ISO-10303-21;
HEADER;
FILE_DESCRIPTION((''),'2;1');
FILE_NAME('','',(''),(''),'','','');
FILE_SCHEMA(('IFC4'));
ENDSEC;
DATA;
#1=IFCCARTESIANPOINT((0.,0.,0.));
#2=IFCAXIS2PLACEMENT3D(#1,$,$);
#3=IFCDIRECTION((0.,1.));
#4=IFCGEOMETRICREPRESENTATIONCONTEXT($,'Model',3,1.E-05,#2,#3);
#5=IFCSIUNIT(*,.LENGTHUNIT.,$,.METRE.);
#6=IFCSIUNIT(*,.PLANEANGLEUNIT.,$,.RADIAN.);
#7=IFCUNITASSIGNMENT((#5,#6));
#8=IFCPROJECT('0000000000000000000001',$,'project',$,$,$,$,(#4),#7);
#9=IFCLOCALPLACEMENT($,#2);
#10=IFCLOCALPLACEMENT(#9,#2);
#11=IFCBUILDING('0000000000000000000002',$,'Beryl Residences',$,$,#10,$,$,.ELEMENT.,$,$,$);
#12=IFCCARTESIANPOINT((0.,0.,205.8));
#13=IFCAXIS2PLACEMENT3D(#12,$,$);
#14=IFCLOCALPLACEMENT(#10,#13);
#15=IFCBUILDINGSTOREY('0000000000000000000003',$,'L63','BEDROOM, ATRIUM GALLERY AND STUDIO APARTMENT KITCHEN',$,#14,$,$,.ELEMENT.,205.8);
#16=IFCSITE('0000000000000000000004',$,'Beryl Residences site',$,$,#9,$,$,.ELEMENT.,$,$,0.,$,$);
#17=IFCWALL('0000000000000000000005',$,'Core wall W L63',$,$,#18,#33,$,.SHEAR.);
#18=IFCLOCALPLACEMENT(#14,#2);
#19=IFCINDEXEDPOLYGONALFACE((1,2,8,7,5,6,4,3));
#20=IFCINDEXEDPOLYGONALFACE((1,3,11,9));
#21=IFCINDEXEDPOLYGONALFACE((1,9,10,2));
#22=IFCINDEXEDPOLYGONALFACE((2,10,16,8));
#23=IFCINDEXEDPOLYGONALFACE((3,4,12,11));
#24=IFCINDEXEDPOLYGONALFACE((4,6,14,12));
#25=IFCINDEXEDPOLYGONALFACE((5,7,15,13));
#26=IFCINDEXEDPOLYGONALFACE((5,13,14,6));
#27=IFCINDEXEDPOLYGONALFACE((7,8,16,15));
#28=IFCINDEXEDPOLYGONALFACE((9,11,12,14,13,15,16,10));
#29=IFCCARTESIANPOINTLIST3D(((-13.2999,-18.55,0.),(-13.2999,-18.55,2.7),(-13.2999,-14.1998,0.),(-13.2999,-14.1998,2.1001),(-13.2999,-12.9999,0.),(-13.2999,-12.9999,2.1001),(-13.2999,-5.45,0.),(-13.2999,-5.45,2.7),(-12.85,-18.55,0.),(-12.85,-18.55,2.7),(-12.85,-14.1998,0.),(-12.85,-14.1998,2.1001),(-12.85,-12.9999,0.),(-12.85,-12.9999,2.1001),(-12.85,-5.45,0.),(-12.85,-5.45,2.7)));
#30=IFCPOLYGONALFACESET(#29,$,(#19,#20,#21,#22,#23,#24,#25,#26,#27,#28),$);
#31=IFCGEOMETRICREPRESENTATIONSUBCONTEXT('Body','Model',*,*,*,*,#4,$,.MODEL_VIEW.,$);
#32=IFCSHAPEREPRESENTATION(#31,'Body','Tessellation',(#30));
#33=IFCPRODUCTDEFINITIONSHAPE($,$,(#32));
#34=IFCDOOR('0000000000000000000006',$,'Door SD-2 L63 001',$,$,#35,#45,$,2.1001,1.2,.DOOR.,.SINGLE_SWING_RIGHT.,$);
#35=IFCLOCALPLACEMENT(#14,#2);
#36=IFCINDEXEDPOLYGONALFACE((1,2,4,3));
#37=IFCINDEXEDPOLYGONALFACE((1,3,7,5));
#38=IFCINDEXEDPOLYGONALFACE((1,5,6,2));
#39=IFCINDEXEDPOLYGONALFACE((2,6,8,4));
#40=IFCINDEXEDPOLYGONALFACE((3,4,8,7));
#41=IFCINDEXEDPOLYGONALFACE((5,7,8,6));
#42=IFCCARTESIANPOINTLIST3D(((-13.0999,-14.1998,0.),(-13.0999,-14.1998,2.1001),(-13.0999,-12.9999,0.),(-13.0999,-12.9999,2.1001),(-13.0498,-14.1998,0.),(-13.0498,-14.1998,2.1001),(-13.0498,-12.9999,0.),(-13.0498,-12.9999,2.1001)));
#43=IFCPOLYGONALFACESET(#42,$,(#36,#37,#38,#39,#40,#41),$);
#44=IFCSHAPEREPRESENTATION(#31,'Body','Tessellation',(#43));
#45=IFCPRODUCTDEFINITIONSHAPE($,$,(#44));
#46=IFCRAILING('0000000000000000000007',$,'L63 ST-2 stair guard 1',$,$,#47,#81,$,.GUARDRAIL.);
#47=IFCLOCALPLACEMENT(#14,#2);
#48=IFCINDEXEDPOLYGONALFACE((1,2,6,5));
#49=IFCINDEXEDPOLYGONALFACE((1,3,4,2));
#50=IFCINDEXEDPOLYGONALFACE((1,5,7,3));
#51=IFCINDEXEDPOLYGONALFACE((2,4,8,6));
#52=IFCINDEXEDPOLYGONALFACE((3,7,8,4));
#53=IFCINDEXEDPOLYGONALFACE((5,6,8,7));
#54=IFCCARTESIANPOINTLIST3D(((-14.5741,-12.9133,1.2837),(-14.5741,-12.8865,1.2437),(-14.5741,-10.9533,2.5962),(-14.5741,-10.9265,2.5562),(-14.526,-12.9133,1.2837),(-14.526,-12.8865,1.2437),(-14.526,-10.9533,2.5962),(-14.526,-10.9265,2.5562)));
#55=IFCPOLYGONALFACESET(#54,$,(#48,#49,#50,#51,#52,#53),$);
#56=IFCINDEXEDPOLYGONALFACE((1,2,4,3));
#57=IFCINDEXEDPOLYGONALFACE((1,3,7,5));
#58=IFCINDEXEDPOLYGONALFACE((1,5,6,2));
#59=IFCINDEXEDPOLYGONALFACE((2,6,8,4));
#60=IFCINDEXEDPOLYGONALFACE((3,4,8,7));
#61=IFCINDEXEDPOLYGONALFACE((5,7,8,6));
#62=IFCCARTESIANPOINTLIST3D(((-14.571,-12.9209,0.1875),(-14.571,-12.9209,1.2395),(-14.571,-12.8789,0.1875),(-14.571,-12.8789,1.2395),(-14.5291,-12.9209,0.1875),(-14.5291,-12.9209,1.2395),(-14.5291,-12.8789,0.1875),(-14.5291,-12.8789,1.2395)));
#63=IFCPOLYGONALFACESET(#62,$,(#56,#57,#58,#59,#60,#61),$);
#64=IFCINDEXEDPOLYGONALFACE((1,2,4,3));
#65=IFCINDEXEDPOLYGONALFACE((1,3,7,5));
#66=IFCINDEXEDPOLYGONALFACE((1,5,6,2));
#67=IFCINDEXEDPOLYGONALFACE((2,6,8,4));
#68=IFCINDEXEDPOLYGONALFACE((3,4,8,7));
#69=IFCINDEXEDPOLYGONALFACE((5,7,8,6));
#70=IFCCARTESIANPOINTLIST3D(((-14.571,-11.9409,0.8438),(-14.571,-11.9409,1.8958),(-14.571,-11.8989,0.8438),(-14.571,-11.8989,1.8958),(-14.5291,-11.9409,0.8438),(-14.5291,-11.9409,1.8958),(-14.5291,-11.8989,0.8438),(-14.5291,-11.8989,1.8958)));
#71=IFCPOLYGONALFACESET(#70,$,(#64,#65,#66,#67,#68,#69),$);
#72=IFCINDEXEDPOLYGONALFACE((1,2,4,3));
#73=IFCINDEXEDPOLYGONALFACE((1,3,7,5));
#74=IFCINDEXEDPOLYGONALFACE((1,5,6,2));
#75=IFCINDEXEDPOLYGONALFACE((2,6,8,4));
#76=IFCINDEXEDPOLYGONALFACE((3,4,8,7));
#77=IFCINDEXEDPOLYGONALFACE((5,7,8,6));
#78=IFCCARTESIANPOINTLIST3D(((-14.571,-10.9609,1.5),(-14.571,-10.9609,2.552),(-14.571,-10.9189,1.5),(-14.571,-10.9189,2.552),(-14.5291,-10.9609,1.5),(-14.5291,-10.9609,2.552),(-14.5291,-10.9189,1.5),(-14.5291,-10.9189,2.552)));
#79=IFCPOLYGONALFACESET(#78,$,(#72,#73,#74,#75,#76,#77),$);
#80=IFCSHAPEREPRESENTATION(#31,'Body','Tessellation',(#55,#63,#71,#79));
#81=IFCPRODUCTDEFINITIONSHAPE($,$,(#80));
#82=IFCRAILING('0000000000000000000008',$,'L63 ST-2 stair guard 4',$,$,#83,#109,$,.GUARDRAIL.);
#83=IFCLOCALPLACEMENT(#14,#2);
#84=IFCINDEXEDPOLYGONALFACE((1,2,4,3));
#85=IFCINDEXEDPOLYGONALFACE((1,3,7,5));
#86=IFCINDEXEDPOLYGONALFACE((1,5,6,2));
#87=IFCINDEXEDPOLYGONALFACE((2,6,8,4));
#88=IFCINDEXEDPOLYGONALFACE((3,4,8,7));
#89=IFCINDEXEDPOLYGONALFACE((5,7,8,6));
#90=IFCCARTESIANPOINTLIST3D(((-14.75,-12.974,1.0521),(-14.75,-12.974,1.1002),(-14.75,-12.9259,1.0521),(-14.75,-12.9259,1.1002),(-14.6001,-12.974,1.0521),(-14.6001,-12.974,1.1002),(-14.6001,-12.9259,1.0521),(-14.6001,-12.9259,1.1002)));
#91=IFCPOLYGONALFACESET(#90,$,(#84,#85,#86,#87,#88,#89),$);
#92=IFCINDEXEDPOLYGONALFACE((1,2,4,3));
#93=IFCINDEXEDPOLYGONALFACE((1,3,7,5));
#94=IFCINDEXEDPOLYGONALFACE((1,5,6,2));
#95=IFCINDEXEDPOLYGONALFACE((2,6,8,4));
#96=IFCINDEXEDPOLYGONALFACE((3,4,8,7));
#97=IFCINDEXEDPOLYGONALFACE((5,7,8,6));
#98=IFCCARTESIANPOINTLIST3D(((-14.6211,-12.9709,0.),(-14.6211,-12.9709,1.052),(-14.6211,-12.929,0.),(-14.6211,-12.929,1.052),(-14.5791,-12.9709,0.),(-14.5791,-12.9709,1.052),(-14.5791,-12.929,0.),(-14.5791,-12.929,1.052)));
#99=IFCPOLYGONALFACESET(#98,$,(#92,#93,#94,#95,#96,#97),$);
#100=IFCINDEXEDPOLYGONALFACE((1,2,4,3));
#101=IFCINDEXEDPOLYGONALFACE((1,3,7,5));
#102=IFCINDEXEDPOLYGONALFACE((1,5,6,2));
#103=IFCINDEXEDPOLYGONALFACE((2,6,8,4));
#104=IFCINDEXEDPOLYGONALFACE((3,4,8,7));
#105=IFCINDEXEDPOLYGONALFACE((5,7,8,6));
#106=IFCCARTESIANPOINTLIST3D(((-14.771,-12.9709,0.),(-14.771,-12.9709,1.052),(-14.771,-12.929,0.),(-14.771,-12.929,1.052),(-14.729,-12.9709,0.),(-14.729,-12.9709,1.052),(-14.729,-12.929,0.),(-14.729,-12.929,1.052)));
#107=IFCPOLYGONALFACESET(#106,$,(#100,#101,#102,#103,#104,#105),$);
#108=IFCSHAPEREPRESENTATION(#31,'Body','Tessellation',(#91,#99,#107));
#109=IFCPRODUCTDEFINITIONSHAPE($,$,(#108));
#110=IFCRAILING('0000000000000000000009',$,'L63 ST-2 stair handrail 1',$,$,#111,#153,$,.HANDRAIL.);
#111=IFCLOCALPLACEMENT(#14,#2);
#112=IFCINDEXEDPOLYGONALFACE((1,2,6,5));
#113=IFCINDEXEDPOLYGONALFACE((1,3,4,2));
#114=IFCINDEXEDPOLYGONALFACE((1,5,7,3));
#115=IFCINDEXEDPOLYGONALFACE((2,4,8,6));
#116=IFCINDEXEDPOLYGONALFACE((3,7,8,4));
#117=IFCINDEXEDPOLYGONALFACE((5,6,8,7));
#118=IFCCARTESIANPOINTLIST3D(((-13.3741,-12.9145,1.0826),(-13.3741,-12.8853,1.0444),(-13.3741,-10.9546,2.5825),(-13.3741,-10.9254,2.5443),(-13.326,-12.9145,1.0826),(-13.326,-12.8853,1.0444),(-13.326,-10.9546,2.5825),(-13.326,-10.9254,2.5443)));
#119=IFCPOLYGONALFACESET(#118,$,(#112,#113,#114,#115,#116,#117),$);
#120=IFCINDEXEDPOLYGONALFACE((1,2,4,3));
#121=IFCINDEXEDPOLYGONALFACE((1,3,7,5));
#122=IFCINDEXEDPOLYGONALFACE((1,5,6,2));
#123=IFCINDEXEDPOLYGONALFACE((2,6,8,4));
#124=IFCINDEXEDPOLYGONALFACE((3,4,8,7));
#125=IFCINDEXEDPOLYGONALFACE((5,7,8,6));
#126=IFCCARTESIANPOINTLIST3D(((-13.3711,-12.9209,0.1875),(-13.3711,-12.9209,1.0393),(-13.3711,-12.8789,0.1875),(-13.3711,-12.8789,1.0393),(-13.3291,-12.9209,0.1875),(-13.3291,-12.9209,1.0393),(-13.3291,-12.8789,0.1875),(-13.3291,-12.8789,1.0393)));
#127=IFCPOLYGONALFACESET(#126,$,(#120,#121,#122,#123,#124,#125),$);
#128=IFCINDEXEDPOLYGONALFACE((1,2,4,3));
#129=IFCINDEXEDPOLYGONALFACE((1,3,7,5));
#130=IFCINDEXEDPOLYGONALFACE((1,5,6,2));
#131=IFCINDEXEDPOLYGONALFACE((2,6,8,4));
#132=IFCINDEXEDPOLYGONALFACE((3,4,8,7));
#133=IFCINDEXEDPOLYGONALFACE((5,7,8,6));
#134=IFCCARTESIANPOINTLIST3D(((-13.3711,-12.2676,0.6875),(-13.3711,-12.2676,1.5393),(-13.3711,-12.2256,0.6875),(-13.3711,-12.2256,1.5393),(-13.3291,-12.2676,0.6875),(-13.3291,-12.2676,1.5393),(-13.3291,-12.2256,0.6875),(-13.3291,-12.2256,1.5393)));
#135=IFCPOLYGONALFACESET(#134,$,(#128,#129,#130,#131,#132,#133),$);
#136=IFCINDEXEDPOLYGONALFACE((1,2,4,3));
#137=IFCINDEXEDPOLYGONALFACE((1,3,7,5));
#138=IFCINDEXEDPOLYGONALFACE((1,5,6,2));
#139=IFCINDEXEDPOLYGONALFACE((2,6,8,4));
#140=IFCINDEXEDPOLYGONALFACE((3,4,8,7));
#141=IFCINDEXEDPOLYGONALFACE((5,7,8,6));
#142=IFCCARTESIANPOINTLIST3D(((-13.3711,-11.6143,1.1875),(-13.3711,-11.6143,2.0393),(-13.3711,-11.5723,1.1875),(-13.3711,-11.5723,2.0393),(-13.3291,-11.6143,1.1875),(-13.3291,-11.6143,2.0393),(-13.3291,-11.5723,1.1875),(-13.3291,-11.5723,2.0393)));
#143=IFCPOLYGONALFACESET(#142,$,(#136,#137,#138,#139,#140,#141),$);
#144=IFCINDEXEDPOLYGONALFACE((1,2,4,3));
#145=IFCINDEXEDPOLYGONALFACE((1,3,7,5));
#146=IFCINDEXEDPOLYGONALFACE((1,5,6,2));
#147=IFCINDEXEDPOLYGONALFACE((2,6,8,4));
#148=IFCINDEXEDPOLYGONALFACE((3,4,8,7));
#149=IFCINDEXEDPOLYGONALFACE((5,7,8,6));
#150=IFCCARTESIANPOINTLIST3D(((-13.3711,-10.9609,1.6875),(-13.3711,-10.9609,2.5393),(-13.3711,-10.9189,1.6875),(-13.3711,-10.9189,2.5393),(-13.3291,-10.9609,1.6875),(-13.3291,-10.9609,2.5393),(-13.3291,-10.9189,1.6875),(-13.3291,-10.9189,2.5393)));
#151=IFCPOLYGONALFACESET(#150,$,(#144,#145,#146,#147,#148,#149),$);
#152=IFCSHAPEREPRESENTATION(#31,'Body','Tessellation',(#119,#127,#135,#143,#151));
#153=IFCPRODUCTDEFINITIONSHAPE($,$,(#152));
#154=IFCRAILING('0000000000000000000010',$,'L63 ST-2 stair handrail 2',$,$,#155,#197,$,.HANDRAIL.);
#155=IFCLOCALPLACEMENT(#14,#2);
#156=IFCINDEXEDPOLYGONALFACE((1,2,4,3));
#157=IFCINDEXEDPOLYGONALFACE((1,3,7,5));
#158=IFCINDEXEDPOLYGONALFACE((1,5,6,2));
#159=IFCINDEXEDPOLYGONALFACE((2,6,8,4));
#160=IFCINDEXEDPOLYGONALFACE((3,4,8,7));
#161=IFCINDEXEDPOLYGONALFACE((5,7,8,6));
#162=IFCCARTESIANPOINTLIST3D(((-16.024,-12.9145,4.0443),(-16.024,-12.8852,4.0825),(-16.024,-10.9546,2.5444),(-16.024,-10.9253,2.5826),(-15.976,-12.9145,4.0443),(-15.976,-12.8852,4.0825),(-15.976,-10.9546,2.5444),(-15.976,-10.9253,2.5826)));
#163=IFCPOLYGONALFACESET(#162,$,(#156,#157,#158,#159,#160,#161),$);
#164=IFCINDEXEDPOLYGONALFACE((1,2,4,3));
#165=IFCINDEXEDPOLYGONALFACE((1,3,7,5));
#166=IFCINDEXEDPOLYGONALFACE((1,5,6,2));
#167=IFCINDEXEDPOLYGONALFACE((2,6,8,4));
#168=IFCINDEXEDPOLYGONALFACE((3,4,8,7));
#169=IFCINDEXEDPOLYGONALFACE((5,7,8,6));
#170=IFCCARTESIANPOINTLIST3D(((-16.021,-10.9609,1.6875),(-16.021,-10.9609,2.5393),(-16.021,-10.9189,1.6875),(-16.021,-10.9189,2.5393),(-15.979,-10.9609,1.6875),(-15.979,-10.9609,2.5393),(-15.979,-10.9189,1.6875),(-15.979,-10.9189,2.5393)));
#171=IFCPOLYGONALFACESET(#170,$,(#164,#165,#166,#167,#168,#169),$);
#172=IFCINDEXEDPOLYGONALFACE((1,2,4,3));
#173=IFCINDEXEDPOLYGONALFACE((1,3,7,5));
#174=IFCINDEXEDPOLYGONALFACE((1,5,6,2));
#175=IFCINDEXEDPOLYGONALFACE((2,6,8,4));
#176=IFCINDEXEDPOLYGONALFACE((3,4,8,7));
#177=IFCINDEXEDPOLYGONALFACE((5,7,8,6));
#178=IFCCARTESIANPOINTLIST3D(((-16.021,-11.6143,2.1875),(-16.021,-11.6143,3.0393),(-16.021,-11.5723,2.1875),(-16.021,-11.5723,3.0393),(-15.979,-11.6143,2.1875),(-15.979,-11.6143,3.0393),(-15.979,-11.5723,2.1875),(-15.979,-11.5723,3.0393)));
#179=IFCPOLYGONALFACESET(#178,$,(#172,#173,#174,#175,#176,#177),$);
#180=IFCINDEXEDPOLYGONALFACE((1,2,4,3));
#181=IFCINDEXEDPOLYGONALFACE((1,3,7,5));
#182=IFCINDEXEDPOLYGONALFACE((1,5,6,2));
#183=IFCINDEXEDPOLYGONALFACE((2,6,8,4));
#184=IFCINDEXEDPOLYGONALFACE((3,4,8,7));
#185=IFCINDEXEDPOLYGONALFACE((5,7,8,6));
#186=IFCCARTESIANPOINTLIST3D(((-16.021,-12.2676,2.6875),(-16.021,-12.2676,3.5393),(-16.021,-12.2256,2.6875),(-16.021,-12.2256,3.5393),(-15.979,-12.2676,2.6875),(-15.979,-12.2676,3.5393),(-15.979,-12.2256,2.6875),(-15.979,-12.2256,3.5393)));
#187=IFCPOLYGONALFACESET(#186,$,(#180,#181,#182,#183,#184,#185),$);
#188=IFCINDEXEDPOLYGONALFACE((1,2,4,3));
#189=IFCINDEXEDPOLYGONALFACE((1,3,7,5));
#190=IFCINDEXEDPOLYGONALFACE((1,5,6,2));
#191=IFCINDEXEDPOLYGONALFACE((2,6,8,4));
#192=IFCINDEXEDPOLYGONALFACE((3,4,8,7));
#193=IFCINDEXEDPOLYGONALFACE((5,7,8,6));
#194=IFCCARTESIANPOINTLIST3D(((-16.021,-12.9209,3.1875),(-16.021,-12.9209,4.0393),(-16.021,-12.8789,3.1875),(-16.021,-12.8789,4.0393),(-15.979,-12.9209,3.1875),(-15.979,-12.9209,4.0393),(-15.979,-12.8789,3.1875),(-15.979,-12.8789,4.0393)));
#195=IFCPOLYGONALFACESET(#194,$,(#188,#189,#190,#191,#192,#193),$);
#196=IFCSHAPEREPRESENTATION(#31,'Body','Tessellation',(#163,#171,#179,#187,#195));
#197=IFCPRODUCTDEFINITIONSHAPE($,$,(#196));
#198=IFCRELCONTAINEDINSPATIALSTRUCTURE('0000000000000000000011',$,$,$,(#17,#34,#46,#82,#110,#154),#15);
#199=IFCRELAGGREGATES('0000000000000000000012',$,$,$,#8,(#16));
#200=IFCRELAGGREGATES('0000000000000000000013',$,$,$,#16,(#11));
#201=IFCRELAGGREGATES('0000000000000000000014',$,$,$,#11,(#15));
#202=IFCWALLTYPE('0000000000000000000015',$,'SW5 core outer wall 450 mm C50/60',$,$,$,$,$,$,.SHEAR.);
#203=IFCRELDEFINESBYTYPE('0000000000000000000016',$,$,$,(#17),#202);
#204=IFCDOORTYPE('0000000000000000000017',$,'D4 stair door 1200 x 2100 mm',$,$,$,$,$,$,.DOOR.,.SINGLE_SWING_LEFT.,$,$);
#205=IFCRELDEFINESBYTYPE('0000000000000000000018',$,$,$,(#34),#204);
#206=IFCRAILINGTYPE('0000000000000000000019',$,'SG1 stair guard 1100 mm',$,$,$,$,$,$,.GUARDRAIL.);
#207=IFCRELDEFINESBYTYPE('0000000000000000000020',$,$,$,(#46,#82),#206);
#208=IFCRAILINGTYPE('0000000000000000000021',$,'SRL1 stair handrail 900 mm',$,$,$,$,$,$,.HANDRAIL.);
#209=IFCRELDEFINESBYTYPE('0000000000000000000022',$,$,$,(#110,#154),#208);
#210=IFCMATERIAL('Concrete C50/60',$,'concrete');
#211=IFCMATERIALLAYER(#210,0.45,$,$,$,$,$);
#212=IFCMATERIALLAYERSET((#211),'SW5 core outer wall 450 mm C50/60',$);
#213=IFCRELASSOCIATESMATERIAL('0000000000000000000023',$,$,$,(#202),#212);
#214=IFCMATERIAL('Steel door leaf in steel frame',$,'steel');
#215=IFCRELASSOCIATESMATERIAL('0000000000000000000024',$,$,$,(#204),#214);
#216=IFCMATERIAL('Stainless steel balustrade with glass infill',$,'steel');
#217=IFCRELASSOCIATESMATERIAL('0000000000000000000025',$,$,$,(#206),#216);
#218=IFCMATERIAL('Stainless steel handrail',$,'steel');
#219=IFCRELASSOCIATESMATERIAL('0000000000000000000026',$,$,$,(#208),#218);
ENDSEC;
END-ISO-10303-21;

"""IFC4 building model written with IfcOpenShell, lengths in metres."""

from ifc_helpers import new_model, si_unit, direction, frame, frame_2d, origin, origin_2d, place, context, subcontext, project, spatial, rectangle, extrude, material, layer, layer_set, type_object, element, fill, save


model = new_model("IFC4")

# Units and contexts
model_context = context("Model", 3, precision=1e-05, world=origin(), true_north=direction((0.0, 1.0)))
body_context = subcontext(model_context, "Body", "Model", "MODEL_VIEW")
ifc_project = project(units=[si_unit("LENGTHUNIT", "METRE"), si_unit("PLANEANGLEUNIT", "RADIAN")], contexts=[model_context])

# Site, building, storey
site_placement = place(None, origin())
site = spatial("IfcSite", under=ifc_project, at=site_placement, Name="Beryl Residences site", CompositionType="ELEMENT", RefElevation=0.0)
building_placement = place(site_placement, origin())
building = spatial("IfcBuilding", under=site, at=building_placement, Name="Beryl Residences", CompositionType="ELEMENT")
storey_placement = place(building_placement, frame((0.0, 0.0, 205.8)))
storey = spatial("IfcBuildingStorey", under=building, at=storey_placement, Name="L63", Description="BEDROOM, ATRIUM GALLERY AND STUDIO APARTMENT KITCHEN", CompositionType="ELEMENT", Elevation=205.8)

# Wall, opening, door
ifc_material_1 = material(Name="Concrete C50/60", Category="concrete")
ifc_layer_1 = layer(ifc_material_1, 0.45)
ifc_layer_set_1 = layer_set([ifc_layer_1], Name="SW5 core outer wall 450 mm C50/60")
wall_type_1 = type_object("IfcWallType", Name="SW5 core outer wall 450 mm C50/60", PredefinedType="SHEAR", material=ifc_layer_set_1)
wall_1_placement = place(storey_placement, frame((-13.075, -18.55, 0.0), z_axis=(0.0, 0.0, 1.0), x_axis=(0.0, 1.0, 0.0)))
wall_1 = element("IfcWall", 1, at=wall_1_placement, inside=storey, type_object=wall_type_1, Name="Core wall W L63", PredefinedType="SHEAR", context=body_context, shape_type="SweptSolid", body=[
    extrude(rectangle(XDim=13.1001, YDim=0.45, at=frame_2d((6.55, 0.0))), origin(), (0.0, 0.0, 1.0), 2.7),
])
opening_1_placement = place(wall_1_placement, frame((4.3501, 0.0, 0.0)))
opening_1 = element("IfcOpeningElement", 2, at=opening_1_placement, cuts=wall_1, PredefinedType="OPENING", context=body_context, shape_type="SweptSolid", body=[
    extrude(rectangle(XDim=1.2, YDim=2.1001, at=frame_2d((0.6001, 1.05))), frame((0.0, 0.2349, 0.0), z_axis=(0.0, -1.0, 0.0), x_axis=(1.0, 0.0, 0.0)), (0.0, 0.0, 1.0), 0.47),
])
ifc_material_2 = material(Name="Steel door leaf in steel frame", Category="steel")
door_type_1 = type_object("IfcDoorType", Name="D4 stair door 1200 x 2100 mm", OperationType="SINGLE_SWING_LEFT", PredefinedType="DOOR", material=ifc_material_2)
door_1_placement = place(opening_1_placement, origin())
door_1 = element("IfcDoor", 3, at=door_1_placement, inside=storey, type_object=door_type_1, Name="Door SD-2 L63 001", OperationType="SINGLE_SWING_RIGHT", OverallHeight=2.1001, OverallWidth=1.2, PredefinedType="DOOR", context=body_context, shape_type="SweptSolid", body=[
    extrude(rectangle(XDim=1.2, YDim=2.1001, at=frame_2d((0.6001, 1.05))), frame((0.0, 0.0249, 0.0), z_axis=(0.0, -1.0, 0.0), x_axis=(1.0, 0.0, 0.0)), (0.0, 0.0, 1.0), 0.05),
])
fill(opening_1, door_1)

# Railings
ifc_material_3 = material(Name="Stainless steel balustrade with glass infill", Category="steel")
railing_type_1 = type_object("IfcRailingType", Name="SG1 stair guard 1100 mm", PredefinedType="GUARDRAIL", material=ifc_material_3)
railing_1_placement = place(storey_placement, frame((-14.55, -12.8999, 0.1875)))
element("IfcRailing", 4, at=railing_1_placement, inside=storey, type_object=railing_type_1, Name="L63 ST-2 stair guard 1", PredefinedType="GUARDRAIL", context=body_context, shape_type="SweptSolid", body=[
    extrude(rectangle(XDim=0.0481, YDim=0.0481, at=origin_2d()), frame((0.0, 0.0, 1.0762), z_axis=(0.0, 0.830902, 0.556419), x_axis=(-1.0, 0.0, 0.0)), (0.0, 0.0, 1.0), 2.3589),
    extrude(rectangle(XDim=0.042, YDim=0.042, at=origin_2d()), origin(), (0.0, 0.0, 1.0), 1.052),
    extrude(rectangle(XDim=0.042, YDim=0.042, at=origin_2d()), frame((0.0, 0.98, 0.6562)), (0.0, 0.0, 1.0), 1.052),
    extrude(rectangle(XDim=0.042, YDim=0.042, at=origin_2d()), frame((0.0, 1.96, 1.3125)), (0.0, 0.0, 1.0), 1.052),
])
railing_2_placement = place(storey_placement, frame((-14.6001, -12.95, 0.0)))
element("IfcRailing", 5, at=railing_2_placement, inside=storey, type_object=railing_type_1, Name="L63 ST-2 stair guard 4", PredefinedType="GUARDRAIL", context=body_context, shape_type="SweptSolid", body=[
    extrude(rectangle(XDim=0.0481, YDim=0.0481, at=origin_2d()), frame((0.0, 0.0, 1.0762), z_axis=(-1.0, 0.0, 0.0), x_axis=(0.0, -1.0, 0.0)), (0.0, 0.0, 1.0), 0.1499),
    extrude(rectangle(XDim=0.042, YDim=0.042, at=origin_2d()), origin(), (0.0, 0.0, 1.0), 1.052),
    extrude(rectangle(XDim=0.042, YDim=0.042, at=origin_2d()), frame((-0.1499, 0.0, 0.0)), (0.0, 0.0, 1.0), 1.052),
])
ifc_material_4 = material(Name="Stainless steel handrail", Category="steel")
railing_type_2 = type_object("IfcRailingType", Name="SRL1 stair handrail 900 mm", PredefinedType="HANDRAIL", material=ifc_material_4)
railing_3_placement = place(storey_placement, frame((-13.3501, -12.8999, 0.1875)))
element("IfcRailing", 6, at=railing_3_placement, inside=storey, type_object=railing_type_2, Name="L63 ST-2 stair handrail 1", PredefinedType="HANDRAIL", context=body_context, shape_type="SweptSolid", body=[
    extrude(rectangle(XDim=0.0481, YDim=0.0481, at=origin_2d()), frame((0.0, 0.0, 0.876), z_axis=(0.0, 0.794122, 0.607758), x_axis=(-1.0, 0.0, 0.0)), (0.0, 0.0, 1.0), 2.468),
    extrude(rectangle(XDim=0.042, YDim=0.042, at=origin_2d()), origin(), (0.0, 0.0, 1.0), 0.8518),
    extrude(rectangle(XDim=0.042, YDim=0.042, at=origin_2d()), frame((0.0, 0.6533, 0.5)), (0.0, 0.0, 1.0), 0.8518),
    extrude(rectangle(XDim=0.042, YDim=0.042, at=origin_2d()), frame((0.0, 1.3066, 1.0)), (0.0, 0.0, 1.0), 0.8518),
    extrude(rectangle(XDim=0.042, YDim=0.042, at=origin_2d()), frame((0.0, 1.96, 1.5)), (0.0, 0.0, 1.0), 0.8518),
])
railing_4_placement = place(storey_placement, frame((-16.0, -10.9399, 1.6875)))
element("IfcRailing", 7, at=railing_4_placement, inside=storey, type_object=railing_type_2, Name="L63 ST-2 stair handrail 2", PredefinedType="HANDRAIL", context=body_context, shape_type="SweptSolid", body=[
    extrude(rectangle(XDim=0.0481, YDim=0.0481, at=origin_2d()), frame((0.0, 0.0, 0.876), z_axis=(0.0, -0.794122, 0.607758), x_axis=(1.0, 0.0, 0.0)), (0.0, 0.0, 1.0), 2.468),
    extrude(rectangle(XDim=0.042, YDim=0.042, at=origin_2d()), origin(), (0.0, 0.0, 1.0), 0.8518),
    extrude(rectangle(XDim=0.042, YDim=0.042, at=origin_2d()), frame((0.0, -0.6533, 0.5)), (0.0, 0.0, 1.0), 0.8518),
    extrude(rectangle(XDim=0.042, YDim=0.042, at=origin_2d()), frame((0.0, -1.3066, 1.0)), (0.0, 0.0, 1.0), 0.8518),
    extrude(rectangle(XDim=0.042, YDim=0.042, at=origin_2d()), frame((0.0, -1.96, 1.5)), (0.0, 0.0, 1.0), 0.8518),
])

save(model, "model.ifc")
